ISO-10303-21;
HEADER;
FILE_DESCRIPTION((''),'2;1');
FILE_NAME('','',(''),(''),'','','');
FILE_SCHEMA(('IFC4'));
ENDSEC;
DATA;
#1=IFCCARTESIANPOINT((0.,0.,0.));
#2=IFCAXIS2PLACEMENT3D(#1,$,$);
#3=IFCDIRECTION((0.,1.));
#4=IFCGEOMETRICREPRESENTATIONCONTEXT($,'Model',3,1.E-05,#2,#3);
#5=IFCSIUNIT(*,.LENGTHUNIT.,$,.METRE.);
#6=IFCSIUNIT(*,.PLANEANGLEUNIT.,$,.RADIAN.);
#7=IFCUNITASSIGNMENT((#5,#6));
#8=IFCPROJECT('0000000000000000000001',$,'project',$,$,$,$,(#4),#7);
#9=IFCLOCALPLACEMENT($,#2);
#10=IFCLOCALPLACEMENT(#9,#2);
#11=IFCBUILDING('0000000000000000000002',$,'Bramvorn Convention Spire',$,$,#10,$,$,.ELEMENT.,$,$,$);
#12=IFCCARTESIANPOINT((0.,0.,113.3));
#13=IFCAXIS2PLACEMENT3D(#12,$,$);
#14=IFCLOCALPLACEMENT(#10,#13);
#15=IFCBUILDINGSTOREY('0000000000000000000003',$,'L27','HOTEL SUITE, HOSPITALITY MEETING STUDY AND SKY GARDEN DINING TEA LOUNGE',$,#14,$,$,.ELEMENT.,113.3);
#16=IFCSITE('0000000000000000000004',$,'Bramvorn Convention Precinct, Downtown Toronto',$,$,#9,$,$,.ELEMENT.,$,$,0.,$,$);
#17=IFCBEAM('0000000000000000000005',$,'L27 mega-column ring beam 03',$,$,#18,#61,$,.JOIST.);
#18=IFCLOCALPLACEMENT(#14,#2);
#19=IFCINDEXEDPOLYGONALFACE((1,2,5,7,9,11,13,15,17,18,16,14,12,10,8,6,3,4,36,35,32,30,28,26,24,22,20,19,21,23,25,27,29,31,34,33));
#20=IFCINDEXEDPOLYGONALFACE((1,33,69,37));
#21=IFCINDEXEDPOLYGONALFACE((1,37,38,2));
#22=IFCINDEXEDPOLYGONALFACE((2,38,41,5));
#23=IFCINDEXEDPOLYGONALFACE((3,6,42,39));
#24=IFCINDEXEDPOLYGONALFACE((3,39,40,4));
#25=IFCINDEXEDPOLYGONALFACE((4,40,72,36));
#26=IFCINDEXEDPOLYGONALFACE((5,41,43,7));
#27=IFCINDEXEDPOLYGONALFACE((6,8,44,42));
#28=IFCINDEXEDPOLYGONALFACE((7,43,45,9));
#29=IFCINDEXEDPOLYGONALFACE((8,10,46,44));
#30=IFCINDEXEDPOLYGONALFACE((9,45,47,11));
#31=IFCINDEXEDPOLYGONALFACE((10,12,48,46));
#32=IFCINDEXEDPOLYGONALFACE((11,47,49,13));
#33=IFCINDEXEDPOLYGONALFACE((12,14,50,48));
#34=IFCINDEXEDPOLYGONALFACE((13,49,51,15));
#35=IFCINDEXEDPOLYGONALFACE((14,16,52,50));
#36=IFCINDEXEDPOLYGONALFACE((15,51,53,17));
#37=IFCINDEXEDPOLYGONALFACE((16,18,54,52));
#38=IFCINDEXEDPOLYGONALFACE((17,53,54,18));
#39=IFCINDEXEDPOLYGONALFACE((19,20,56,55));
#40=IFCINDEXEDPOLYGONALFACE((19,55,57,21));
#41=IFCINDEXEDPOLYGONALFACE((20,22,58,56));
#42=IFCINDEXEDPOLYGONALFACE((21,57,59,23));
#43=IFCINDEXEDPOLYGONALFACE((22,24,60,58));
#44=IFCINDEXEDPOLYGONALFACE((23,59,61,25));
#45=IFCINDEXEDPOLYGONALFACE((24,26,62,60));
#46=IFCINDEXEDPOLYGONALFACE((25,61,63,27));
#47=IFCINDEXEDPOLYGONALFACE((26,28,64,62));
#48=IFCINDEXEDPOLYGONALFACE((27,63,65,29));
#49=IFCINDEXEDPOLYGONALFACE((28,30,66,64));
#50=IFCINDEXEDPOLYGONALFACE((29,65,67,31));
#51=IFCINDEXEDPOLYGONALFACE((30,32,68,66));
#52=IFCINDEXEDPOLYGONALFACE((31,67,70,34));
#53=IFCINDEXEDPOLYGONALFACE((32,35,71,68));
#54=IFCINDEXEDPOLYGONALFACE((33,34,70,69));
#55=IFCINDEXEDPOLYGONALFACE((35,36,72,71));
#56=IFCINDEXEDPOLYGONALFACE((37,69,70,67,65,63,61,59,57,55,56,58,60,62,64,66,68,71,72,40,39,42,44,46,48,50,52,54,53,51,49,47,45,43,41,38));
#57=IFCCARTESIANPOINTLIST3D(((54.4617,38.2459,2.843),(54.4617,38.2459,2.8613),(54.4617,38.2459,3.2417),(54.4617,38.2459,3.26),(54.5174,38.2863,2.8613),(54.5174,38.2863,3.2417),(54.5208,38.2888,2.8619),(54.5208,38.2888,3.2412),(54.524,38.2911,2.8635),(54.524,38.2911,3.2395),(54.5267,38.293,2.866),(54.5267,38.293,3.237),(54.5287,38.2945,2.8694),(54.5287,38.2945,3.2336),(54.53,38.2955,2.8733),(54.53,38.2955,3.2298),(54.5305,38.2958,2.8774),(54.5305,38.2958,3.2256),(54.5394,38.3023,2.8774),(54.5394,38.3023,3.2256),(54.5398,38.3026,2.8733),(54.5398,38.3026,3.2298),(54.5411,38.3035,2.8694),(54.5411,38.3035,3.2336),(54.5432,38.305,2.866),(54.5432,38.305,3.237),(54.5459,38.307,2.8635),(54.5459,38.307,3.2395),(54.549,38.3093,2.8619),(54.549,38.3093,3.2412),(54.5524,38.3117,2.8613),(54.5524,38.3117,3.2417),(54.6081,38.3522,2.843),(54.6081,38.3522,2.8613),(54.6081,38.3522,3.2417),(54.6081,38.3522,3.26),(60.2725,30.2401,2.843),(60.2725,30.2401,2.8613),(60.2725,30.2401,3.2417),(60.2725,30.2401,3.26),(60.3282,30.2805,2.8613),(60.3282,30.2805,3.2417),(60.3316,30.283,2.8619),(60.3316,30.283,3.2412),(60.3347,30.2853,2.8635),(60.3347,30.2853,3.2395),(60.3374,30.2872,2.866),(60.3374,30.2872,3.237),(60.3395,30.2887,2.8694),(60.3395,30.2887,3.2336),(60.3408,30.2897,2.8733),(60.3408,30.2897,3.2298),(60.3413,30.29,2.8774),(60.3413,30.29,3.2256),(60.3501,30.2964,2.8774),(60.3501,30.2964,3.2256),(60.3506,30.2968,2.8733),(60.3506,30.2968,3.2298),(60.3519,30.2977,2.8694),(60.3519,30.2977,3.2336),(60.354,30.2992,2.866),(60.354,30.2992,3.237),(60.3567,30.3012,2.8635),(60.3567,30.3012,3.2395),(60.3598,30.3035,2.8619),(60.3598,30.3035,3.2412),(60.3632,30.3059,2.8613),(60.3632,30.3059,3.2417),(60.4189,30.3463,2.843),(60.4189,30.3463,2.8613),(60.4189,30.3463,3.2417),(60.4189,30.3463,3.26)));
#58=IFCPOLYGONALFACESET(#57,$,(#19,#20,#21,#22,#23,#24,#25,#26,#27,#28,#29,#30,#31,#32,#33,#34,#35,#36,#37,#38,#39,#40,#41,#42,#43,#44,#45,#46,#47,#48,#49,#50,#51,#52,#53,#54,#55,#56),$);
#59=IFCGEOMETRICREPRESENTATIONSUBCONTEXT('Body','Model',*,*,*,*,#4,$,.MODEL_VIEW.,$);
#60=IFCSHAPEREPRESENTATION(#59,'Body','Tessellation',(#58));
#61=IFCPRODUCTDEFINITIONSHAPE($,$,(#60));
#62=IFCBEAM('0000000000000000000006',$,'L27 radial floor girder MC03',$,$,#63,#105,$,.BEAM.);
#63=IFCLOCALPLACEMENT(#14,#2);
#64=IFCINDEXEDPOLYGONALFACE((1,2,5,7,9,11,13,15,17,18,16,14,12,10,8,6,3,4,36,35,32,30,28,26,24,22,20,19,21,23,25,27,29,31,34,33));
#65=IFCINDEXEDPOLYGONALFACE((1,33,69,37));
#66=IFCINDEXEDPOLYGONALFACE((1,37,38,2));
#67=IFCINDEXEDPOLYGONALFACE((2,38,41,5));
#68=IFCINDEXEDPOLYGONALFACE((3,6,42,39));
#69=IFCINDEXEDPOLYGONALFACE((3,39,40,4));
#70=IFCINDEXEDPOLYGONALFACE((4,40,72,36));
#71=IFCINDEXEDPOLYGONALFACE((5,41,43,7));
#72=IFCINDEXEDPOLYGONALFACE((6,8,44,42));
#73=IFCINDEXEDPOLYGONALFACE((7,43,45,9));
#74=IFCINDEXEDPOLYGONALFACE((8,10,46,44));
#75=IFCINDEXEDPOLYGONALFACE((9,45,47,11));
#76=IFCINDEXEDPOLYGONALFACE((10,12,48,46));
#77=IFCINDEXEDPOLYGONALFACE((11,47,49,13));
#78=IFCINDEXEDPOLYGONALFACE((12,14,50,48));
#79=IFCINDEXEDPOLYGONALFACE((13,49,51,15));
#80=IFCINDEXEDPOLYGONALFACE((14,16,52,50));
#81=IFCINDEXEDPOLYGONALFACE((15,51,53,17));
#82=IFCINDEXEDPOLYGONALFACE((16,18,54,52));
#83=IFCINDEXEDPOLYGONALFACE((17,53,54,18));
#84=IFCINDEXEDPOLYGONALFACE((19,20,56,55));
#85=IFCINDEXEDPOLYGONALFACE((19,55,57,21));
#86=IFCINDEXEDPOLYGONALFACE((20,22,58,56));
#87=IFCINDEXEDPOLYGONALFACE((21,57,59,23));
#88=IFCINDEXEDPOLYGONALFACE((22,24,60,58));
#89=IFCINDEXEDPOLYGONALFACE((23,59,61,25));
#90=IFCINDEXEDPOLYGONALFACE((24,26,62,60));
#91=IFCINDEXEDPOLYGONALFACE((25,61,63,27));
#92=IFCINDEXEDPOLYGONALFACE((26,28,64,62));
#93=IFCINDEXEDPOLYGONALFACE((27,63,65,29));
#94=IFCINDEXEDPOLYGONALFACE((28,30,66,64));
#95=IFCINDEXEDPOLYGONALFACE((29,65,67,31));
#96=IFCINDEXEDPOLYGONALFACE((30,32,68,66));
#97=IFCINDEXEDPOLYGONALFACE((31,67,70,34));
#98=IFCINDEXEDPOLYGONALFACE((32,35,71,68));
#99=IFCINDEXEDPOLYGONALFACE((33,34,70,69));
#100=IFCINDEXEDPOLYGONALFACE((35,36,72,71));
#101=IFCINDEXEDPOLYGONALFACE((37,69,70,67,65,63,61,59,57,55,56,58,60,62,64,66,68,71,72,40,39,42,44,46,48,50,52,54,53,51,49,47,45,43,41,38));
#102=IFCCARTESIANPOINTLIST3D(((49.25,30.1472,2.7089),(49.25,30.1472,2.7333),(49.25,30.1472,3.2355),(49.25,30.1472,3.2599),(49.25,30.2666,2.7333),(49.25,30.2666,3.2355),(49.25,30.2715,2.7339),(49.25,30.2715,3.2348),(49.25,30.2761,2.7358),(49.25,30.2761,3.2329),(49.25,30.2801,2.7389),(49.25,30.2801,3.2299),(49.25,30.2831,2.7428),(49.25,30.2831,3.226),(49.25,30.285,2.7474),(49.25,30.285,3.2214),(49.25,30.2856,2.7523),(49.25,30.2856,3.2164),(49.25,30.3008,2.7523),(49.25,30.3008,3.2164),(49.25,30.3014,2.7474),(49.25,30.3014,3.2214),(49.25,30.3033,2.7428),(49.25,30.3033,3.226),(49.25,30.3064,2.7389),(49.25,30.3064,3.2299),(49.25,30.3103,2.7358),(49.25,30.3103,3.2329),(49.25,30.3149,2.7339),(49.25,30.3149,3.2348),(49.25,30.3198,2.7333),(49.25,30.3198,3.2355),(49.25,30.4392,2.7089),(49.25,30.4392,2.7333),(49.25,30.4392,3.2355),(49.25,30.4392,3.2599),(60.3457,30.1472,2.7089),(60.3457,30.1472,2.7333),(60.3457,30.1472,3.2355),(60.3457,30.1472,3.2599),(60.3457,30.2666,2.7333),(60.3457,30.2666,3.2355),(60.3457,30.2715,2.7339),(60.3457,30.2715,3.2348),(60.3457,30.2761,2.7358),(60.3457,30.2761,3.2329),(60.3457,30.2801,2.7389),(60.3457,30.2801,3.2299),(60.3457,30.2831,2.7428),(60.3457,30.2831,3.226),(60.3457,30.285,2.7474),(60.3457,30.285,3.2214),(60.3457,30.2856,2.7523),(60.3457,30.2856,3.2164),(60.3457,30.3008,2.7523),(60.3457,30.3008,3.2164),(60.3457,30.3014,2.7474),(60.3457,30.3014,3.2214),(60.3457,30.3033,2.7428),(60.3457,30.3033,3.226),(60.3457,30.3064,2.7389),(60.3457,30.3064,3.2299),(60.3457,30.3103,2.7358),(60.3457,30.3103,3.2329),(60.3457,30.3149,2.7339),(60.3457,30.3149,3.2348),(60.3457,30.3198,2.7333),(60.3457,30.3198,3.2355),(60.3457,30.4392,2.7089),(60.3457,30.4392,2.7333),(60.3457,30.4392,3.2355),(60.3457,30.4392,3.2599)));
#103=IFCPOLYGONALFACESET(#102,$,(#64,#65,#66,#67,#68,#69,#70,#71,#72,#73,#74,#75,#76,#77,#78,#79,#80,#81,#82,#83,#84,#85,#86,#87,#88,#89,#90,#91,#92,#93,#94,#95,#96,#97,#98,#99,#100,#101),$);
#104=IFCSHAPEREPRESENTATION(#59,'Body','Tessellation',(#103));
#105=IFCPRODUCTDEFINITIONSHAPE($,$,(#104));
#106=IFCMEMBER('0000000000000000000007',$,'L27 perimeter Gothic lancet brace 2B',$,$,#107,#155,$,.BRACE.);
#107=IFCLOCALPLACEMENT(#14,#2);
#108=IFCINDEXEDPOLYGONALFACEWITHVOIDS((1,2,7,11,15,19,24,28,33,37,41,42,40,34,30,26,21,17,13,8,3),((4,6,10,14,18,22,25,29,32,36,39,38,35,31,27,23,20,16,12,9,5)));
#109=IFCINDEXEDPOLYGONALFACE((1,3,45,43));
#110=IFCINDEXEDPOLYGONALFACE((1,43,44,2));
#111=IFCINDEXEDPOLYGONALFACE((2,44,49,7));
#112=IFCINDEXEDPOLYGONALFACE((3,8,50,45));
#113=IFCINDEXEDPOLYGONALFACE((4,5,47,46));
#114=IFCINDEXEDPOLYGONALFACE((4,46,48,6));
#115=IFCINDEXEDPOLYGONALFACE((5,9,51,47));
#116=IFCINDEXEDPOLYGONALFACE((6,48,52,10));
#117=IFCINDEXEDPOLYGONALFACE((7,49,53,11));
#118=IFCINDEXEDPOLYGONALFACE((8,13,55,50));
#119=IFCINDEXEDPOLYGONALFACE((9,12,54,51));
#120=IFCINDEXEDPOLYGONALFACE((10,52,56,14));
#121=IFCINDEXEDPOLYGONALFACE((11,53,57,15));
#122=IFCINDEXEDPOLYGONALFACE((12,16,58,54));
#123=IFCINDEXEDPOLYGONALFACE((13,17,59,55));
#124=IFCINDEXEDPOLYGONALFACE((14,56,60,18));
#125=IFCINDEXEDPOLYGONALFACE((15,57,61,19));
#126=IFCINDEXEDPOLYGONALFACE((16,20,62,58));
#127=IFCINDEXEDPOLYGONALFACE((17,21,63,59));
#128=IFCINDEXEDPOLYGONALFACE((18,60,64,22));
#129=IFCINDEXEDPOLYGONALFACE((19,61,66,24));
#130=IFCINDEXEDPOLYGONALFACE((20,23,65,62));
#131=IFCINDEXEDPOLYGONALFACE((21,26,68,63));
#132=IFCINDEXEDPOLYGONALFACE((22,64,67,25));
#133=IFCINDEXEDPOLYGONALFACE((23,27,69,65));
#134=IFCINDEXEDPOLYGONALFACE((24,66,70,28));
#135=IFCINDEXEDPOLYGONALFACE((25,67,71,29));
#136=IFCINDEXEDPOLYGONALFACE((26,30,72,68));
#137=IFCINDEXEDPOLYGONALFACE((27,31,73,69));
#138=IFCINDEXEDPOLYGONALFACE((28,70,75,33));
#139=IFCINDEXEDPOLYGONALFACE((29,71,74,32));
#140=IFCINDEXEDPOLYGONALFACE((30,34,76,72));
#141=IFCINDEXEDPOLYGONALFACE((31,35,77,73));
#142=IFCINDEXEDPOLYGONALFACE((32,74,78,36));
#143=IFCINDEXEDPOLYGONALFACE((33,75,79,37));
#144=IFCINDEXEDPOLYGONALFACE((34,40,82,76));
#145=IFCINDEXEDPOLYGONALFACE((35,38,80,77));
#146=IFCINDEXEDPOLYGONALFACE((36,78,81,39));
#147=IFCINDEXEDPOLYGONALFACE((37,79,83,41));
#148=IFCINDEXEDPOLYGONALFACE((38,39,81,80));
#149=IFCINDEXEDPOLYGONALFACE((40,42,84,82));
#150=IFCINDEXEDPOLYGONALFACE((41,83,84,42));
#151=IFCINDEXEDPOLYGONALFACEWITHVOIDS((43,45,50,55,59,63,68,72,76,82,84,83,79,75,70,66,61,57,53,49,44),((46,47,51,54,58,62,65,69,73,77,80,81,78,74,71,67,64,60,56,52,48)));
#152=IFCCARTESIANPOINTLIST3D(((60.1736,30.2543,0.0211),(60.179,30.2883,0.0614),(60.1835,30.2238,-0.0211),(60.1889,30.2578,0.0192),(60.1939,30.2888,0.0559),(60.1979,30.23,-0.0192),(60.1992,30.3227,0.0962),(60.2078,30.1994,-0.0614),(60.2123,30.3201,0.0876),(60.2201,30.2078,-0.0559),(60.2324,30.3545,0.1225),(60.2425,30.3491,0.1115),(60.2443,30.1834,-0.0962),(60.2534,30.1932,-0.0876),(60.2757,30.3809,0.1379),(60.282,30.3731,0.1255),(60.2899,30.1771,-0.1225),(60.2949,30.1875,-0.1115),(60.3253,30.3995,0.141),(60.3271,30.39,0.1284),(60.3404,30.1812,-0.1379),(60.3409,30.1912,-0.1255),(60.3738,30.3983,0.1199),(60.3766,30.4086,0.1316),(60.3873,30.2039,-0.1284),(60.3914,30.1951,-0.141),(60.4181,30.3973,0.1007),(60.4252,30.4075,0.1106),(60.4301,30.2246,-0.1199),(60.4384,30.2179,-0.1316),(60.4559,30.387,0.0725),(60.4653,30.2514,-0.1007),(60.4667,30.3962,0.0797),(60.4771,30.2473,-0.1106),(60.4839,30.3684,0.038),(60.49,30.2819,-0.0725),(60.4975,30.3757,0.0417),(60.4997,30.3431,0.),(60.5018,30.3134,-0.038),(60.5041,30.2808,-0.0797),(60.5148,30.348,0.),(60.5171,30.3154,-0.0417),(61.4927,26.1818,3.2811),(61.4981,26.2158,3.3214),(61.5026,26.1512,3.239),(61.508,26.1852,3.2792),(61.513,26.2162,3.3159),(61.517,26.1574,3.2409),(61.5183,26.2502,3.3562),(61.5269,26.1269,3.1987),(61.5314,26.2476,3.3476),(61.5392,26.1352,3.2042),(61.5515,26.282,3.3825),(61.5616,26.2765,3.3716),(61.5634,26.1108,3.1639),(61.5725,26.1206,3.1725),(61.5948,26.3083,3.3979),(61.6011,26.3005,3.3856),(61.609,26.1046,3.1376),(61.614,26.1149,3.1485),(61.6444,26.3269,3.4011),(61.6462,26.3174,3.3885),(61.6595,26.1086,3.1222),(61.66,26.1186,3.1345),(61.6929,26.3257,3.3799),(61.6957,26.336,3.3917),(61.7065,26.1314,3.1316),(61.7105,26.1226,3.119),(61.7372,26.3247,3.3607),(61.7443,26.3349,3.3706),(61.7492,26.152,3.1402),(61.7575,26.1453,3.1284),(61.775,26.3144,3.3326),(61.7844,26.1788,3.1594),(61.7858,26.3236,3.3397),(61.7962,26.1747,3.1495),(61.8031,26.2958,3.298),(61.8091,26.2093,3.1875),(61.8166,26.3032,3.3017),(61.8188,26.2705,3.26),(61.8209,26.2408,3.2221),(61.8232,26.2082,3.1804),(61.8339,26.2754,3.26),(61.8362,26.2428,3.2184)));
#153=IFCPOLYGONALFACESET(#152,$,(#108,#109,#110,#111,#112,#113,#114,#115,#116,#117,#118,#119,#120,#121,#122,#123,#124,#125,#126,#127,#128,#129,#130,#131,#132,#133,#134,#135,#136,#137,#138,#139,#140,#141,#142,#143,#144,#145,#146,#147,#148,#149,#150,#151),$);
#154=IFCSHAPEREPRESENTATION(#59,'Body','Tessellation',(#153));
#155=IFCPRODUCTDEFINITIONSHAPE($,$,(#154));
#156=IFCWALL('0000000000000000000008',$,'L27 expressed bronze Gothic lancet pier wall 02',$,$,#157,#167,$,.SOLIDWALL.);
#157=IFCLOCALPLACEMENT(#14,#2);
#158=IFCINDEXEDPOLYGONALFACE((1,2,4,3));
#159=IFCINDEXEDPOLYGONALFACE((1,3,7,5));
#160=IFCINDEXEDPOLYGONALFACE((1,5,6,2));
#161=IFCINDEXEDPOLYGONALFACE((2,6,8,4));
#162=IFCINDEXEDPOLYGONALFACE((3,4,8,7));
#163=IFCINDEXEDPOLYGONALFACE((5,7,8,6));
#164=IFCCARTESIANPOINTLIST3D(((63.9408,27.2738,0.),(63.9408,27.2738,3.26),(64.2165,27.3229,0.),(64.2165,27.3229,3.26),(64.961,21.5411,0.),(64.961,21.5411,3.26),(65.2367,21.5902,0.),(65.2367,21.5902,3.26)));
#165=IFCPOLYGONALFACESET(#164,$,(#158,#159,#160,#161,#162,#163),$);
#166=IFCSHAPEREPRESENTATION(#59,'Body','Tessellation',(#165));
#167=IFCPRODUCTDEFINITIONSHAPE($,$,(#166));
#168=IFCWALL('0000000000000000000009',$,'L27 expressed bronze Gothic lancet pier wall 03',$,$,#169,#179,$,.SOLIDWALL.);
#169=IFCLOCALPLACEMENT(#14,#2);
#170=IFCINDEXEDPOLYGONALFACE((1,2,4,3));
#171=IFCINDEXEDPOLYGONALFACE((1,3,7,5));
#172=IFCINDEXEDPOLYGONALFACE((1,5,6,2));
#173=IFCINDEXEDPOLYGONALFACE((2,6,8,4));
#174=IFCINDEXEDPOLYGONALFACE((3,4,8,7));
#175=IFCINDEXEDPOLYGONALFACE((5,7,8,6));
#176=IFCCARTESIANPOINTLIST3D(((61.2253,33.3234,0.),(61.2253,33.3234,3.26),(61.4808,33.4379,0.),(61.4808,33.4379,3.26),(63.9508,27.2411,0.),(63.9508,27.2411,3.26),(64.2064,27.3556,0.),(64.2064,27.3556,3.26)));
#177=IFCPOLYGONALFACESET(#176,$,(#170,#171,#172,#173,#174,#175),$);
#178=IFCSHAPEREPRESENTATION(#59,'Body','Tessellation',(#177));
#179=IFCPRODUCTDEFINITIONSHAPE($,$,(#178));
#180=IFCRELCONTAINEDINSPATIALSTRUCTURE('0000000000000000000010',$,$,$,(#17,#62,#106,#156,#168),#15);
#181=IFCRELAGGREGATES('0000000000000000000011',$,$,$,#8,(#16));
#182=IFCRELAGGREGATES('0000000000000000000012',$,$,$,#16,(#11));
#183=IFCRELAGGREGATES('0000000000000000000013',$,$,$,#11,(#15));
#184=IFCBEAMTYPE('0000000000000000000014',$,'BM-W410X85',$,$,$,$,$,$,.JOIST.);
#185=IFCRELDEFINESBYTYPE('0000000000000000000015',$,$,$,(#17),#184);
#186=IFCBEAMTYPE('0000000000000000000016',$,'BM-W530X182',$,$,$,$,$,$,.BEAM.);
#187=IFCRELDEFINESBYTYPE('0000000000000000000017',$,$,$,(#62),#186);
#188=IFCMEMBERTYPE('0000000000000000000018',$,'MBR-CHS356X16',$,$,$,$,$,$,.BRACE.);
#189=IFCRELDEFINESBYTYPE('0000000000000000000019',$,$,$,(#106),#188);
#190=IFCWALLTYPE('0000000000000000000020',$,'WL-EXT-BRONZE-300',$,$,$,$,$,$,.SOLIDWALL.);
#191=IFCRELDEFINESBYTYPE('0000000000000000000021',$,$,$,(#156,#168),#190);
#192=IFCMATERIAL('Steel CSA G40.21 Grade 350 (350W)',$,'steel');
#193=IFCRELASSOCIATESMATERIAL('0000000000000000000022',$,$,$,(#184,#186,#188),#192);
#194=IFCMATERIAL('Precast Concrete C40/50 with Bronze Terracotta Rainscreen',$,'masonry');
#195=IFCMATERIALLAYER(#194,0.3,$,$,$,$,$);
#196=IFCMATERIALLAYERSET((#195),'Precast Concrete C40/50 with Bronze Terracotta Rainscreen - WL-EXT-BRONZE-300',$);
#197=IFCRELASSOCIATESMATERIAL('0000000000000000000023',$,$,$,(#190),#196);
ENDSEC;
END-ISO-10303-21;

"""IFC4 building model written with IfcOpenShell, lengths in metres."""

from ifc_helpers import new_model, si_unit, direction, frame, frame_2d, origin, origin_2d, place, context, subcontext, project, spatial, rectangle, hollow_circle, i_section, extrude, material, layer, layer_set, material_profile, profile_set, type_object, element, save


model = new_model("IFC4")

# Units and contexts
model_context = context("Model", 3, precision=1e-05, world=origin(), true_north=direction((0.0, 1.0)))
body_context = subcontext(model_context, "Body", "Model", "MODEL_VIEW")
ifc_project = project(units=[si_unit("LENGTHUNIT", "METRE"), si_unit("PLANEANGLEUNIT", "RADIAN")], contexts=[model_context])

# Site, building, storey
site_placement = place(None, origin())
site = spatial("IfcSite", under=ifc_project, at=site_placement, Name="Bramvorn Convention Precinct, Downtown Toronto", CompositionType="ELEMENT", RefElevation=0.0)
building_placement = place(site_placement, origin())
building = spatial("IfcBuilding", under=site, at=building_placement, Name="Bramvorn Convention Spire", CompositionType="ELEMENT")
storey_placement = place(building_placement, frame((0.0, 0.0, 113.3)))
storey = spatial("IfcBuildingStorey", under=building, at=storey_placement, Name="L27", Description="HOTEL SUITE, HOSPITALITY MEETING STUDY AND SKY GARDEN DINING TEA LOUNGE", CompositionType="ELEMENT", Elevation=113.3)

# Shared definitions
ifc_material_1 = material(Name="Steel CSA G40.21 Grade 350 (350W)", Category="steel")

# Beams
ifc_material_profile_1 = material_profile(ifc_material_1, i_section(OverallWidth=0.1809, OverallDepth=0.417, WebThickness=0.011, FlangeThickness=0.0183, FilletRadius=0.0161, at=origin_2d()))
ifc_profile_set_1 = profile_set([ifc_material_profile_1], Name="Steel CSA G40.21 Grade 350 (350W) - W410X85")
beam_type_1 = type_object("IfcBeamType", Name="BM-W410X85", PredefinedType="JOIST", material=ifc_profile_set_1)
beam_1_placement = place(storey_placement, frame((60.3457, 30.2932, 3.0515), z_axis=(-0.587401, 0.809296, 0.0), x_axis=(-0.809296, -0.587401, 0.0)))
element("IfcBeam", 1, at=beam_1_placement, inside=storey, type_object=beam_type_1, Name="L27 mega-column ring beam 03", PredefinedType="JOIST", context=body_context, shape_type="SweptSolid", body=[
    extrude(i_section(OverallWidth=0.1809, OverallDepth=0.417, WebThickness=0.011, FlangeThickness=0.0183, FilletRadius=0.0161, at=origin_2d()), origin(), (0.0, 0.0, 1.0), 9.8923),
])
ifc_material_profile_2 = material_profile(ifc_material_1, i_section(OverallWidth=0.292, OverallDepth=0.551, WebThickness=0.0151, FlangeThickness=0.0244, FilletRadius=0.019, at=origin_2d()))
ifc_profile_set_2 = profile_set([ifc_material_profile_2], Name="Steel CSA G40.21 Grade 350 (350W) - W530X182")
beam_type_2 = type_object("IfcBeamType", Name="BM-W530X182", PredefinedType="BEAM", material=ifc_profile_set_2)
beam_2_placement = place(storey_placement, frame((49.25, 30.2932, 2.9844), z_axis=(1.0, 0.0, 0.0), x_axis=(0.0, 1.0, 0.0)))
element("IfcBeam", 2, at=beam_2_placement, inside=storey, type_object=beam_type_2, Name="L27 radial floor girder MC03", PredefinedType="BEAM", context=body_context, shape_type="SweptSolid", body=[
    extrude(i_section(OverallWidth=0.292, OverallDepth=0.551, WebThickness=0.0151, FlangeThickness=0.0244, FilletRadius=0.019, at=origin_2d()), origin(), (0.0, 0.0, 1.0), 11.0957),
])

# Member
ifc_material_profile_3 = material_profile(ifc_material_1, hollow_circle(Radius=0.1777, WallThickness=0.0159, at=origin_2d()))
ifc_profile_set_3 = profile_set([ifc_material_profile_3], Name="Steel CSA G40.21 Grade 350 (350W) - CHS356X16")
member_type = type_object("IfcMemberType", Name="MBR-CHS356X16", PredefinedType="BRACE", material=ifc_profile_set_3)
member_placement = place(storey_placement, frame((60.3457, 30.2932, 0.0), z_axis=(0.245148, -0.75686, 0.60586), x_axis=(0.951341, 0.308141, 0.0)))
element("IfcMember", 3, at=member_placement, inside=storey, type_object=member_type, Name="L27 perimeter Gothic lancet brace 2B", PredefinedType="BRACE", context=body_context, shape_type="SweptSolid", body=[
    extrude(hollow_circle(Radius=0.1777, WallThickness=0.0159, at=origin_2d()), origin(), (0.0, 0.0, 1.0), 5.3809),
])

# Walls
ifc_material_2 = material(Name="Precast Concrete C40/50 with Bronze Terracotta Rainscreen", Category="masonry")
ifc_layer_1 = layer(ifc_material_2, 0.3)
ifc_layer_set_1 = layer_set([ifc_layer_1], Name="Precast Concrete C40/50 with Bronze Terracotta Rainscreen - WL-EXT-BRONZE-300")
wall_type_1 = type_object("IfcWallType", Name="WL-EXT-BRONZE-300", PredefinedType="SOLIDWALL", material=ifc_layer_set_1)
wall_1_placement = place(storey_placement, frame((64.0786, 27.2983, 0.0), z_axis=(0.0, 0.0, 1.0), x_axis=(0.17522, -0.984529, 0.0)))
element("IfcWall", 4, at=wall_1_placement, inside=storey, type_object=wall_type_1, Name="L27 expressed bronze Gothic lancet pier wall 02", PredefinedType="SOLIDWALL", context=body_context, shape_type="SweptSolid", body=[
    extrude(rectangle(XDim=5.8228, YDim=0.28, at=frame_2d((2.9114, 0.0))), origin(), (0.0, 0.0, 1.0), 3.26),
])
wall_2_placement = place(storey_placement, frame((61.353, 33.3806, 0.0), z_axis=(0.0, 0.0, 1.0), x_axis=(0.408937, -0.912563, 0.0)))
element("IfcWall", 5, at=wall_2_placement, inside=storey, type_object=wall_type_1, Name="L27 expressed bronze Gothic lancet pier wall 03", PredefinedType="SOLIDWALL", context=body_context, shape_type="SweptSolid", body=[
    extrude(rectangle(XDim=6.665, YDim=0.28, at=frame_2d((3.3325, 0.0))), origin(), (0.0, 0.0, 1.0), 3.26),
])

save(model, "model.ifc")
